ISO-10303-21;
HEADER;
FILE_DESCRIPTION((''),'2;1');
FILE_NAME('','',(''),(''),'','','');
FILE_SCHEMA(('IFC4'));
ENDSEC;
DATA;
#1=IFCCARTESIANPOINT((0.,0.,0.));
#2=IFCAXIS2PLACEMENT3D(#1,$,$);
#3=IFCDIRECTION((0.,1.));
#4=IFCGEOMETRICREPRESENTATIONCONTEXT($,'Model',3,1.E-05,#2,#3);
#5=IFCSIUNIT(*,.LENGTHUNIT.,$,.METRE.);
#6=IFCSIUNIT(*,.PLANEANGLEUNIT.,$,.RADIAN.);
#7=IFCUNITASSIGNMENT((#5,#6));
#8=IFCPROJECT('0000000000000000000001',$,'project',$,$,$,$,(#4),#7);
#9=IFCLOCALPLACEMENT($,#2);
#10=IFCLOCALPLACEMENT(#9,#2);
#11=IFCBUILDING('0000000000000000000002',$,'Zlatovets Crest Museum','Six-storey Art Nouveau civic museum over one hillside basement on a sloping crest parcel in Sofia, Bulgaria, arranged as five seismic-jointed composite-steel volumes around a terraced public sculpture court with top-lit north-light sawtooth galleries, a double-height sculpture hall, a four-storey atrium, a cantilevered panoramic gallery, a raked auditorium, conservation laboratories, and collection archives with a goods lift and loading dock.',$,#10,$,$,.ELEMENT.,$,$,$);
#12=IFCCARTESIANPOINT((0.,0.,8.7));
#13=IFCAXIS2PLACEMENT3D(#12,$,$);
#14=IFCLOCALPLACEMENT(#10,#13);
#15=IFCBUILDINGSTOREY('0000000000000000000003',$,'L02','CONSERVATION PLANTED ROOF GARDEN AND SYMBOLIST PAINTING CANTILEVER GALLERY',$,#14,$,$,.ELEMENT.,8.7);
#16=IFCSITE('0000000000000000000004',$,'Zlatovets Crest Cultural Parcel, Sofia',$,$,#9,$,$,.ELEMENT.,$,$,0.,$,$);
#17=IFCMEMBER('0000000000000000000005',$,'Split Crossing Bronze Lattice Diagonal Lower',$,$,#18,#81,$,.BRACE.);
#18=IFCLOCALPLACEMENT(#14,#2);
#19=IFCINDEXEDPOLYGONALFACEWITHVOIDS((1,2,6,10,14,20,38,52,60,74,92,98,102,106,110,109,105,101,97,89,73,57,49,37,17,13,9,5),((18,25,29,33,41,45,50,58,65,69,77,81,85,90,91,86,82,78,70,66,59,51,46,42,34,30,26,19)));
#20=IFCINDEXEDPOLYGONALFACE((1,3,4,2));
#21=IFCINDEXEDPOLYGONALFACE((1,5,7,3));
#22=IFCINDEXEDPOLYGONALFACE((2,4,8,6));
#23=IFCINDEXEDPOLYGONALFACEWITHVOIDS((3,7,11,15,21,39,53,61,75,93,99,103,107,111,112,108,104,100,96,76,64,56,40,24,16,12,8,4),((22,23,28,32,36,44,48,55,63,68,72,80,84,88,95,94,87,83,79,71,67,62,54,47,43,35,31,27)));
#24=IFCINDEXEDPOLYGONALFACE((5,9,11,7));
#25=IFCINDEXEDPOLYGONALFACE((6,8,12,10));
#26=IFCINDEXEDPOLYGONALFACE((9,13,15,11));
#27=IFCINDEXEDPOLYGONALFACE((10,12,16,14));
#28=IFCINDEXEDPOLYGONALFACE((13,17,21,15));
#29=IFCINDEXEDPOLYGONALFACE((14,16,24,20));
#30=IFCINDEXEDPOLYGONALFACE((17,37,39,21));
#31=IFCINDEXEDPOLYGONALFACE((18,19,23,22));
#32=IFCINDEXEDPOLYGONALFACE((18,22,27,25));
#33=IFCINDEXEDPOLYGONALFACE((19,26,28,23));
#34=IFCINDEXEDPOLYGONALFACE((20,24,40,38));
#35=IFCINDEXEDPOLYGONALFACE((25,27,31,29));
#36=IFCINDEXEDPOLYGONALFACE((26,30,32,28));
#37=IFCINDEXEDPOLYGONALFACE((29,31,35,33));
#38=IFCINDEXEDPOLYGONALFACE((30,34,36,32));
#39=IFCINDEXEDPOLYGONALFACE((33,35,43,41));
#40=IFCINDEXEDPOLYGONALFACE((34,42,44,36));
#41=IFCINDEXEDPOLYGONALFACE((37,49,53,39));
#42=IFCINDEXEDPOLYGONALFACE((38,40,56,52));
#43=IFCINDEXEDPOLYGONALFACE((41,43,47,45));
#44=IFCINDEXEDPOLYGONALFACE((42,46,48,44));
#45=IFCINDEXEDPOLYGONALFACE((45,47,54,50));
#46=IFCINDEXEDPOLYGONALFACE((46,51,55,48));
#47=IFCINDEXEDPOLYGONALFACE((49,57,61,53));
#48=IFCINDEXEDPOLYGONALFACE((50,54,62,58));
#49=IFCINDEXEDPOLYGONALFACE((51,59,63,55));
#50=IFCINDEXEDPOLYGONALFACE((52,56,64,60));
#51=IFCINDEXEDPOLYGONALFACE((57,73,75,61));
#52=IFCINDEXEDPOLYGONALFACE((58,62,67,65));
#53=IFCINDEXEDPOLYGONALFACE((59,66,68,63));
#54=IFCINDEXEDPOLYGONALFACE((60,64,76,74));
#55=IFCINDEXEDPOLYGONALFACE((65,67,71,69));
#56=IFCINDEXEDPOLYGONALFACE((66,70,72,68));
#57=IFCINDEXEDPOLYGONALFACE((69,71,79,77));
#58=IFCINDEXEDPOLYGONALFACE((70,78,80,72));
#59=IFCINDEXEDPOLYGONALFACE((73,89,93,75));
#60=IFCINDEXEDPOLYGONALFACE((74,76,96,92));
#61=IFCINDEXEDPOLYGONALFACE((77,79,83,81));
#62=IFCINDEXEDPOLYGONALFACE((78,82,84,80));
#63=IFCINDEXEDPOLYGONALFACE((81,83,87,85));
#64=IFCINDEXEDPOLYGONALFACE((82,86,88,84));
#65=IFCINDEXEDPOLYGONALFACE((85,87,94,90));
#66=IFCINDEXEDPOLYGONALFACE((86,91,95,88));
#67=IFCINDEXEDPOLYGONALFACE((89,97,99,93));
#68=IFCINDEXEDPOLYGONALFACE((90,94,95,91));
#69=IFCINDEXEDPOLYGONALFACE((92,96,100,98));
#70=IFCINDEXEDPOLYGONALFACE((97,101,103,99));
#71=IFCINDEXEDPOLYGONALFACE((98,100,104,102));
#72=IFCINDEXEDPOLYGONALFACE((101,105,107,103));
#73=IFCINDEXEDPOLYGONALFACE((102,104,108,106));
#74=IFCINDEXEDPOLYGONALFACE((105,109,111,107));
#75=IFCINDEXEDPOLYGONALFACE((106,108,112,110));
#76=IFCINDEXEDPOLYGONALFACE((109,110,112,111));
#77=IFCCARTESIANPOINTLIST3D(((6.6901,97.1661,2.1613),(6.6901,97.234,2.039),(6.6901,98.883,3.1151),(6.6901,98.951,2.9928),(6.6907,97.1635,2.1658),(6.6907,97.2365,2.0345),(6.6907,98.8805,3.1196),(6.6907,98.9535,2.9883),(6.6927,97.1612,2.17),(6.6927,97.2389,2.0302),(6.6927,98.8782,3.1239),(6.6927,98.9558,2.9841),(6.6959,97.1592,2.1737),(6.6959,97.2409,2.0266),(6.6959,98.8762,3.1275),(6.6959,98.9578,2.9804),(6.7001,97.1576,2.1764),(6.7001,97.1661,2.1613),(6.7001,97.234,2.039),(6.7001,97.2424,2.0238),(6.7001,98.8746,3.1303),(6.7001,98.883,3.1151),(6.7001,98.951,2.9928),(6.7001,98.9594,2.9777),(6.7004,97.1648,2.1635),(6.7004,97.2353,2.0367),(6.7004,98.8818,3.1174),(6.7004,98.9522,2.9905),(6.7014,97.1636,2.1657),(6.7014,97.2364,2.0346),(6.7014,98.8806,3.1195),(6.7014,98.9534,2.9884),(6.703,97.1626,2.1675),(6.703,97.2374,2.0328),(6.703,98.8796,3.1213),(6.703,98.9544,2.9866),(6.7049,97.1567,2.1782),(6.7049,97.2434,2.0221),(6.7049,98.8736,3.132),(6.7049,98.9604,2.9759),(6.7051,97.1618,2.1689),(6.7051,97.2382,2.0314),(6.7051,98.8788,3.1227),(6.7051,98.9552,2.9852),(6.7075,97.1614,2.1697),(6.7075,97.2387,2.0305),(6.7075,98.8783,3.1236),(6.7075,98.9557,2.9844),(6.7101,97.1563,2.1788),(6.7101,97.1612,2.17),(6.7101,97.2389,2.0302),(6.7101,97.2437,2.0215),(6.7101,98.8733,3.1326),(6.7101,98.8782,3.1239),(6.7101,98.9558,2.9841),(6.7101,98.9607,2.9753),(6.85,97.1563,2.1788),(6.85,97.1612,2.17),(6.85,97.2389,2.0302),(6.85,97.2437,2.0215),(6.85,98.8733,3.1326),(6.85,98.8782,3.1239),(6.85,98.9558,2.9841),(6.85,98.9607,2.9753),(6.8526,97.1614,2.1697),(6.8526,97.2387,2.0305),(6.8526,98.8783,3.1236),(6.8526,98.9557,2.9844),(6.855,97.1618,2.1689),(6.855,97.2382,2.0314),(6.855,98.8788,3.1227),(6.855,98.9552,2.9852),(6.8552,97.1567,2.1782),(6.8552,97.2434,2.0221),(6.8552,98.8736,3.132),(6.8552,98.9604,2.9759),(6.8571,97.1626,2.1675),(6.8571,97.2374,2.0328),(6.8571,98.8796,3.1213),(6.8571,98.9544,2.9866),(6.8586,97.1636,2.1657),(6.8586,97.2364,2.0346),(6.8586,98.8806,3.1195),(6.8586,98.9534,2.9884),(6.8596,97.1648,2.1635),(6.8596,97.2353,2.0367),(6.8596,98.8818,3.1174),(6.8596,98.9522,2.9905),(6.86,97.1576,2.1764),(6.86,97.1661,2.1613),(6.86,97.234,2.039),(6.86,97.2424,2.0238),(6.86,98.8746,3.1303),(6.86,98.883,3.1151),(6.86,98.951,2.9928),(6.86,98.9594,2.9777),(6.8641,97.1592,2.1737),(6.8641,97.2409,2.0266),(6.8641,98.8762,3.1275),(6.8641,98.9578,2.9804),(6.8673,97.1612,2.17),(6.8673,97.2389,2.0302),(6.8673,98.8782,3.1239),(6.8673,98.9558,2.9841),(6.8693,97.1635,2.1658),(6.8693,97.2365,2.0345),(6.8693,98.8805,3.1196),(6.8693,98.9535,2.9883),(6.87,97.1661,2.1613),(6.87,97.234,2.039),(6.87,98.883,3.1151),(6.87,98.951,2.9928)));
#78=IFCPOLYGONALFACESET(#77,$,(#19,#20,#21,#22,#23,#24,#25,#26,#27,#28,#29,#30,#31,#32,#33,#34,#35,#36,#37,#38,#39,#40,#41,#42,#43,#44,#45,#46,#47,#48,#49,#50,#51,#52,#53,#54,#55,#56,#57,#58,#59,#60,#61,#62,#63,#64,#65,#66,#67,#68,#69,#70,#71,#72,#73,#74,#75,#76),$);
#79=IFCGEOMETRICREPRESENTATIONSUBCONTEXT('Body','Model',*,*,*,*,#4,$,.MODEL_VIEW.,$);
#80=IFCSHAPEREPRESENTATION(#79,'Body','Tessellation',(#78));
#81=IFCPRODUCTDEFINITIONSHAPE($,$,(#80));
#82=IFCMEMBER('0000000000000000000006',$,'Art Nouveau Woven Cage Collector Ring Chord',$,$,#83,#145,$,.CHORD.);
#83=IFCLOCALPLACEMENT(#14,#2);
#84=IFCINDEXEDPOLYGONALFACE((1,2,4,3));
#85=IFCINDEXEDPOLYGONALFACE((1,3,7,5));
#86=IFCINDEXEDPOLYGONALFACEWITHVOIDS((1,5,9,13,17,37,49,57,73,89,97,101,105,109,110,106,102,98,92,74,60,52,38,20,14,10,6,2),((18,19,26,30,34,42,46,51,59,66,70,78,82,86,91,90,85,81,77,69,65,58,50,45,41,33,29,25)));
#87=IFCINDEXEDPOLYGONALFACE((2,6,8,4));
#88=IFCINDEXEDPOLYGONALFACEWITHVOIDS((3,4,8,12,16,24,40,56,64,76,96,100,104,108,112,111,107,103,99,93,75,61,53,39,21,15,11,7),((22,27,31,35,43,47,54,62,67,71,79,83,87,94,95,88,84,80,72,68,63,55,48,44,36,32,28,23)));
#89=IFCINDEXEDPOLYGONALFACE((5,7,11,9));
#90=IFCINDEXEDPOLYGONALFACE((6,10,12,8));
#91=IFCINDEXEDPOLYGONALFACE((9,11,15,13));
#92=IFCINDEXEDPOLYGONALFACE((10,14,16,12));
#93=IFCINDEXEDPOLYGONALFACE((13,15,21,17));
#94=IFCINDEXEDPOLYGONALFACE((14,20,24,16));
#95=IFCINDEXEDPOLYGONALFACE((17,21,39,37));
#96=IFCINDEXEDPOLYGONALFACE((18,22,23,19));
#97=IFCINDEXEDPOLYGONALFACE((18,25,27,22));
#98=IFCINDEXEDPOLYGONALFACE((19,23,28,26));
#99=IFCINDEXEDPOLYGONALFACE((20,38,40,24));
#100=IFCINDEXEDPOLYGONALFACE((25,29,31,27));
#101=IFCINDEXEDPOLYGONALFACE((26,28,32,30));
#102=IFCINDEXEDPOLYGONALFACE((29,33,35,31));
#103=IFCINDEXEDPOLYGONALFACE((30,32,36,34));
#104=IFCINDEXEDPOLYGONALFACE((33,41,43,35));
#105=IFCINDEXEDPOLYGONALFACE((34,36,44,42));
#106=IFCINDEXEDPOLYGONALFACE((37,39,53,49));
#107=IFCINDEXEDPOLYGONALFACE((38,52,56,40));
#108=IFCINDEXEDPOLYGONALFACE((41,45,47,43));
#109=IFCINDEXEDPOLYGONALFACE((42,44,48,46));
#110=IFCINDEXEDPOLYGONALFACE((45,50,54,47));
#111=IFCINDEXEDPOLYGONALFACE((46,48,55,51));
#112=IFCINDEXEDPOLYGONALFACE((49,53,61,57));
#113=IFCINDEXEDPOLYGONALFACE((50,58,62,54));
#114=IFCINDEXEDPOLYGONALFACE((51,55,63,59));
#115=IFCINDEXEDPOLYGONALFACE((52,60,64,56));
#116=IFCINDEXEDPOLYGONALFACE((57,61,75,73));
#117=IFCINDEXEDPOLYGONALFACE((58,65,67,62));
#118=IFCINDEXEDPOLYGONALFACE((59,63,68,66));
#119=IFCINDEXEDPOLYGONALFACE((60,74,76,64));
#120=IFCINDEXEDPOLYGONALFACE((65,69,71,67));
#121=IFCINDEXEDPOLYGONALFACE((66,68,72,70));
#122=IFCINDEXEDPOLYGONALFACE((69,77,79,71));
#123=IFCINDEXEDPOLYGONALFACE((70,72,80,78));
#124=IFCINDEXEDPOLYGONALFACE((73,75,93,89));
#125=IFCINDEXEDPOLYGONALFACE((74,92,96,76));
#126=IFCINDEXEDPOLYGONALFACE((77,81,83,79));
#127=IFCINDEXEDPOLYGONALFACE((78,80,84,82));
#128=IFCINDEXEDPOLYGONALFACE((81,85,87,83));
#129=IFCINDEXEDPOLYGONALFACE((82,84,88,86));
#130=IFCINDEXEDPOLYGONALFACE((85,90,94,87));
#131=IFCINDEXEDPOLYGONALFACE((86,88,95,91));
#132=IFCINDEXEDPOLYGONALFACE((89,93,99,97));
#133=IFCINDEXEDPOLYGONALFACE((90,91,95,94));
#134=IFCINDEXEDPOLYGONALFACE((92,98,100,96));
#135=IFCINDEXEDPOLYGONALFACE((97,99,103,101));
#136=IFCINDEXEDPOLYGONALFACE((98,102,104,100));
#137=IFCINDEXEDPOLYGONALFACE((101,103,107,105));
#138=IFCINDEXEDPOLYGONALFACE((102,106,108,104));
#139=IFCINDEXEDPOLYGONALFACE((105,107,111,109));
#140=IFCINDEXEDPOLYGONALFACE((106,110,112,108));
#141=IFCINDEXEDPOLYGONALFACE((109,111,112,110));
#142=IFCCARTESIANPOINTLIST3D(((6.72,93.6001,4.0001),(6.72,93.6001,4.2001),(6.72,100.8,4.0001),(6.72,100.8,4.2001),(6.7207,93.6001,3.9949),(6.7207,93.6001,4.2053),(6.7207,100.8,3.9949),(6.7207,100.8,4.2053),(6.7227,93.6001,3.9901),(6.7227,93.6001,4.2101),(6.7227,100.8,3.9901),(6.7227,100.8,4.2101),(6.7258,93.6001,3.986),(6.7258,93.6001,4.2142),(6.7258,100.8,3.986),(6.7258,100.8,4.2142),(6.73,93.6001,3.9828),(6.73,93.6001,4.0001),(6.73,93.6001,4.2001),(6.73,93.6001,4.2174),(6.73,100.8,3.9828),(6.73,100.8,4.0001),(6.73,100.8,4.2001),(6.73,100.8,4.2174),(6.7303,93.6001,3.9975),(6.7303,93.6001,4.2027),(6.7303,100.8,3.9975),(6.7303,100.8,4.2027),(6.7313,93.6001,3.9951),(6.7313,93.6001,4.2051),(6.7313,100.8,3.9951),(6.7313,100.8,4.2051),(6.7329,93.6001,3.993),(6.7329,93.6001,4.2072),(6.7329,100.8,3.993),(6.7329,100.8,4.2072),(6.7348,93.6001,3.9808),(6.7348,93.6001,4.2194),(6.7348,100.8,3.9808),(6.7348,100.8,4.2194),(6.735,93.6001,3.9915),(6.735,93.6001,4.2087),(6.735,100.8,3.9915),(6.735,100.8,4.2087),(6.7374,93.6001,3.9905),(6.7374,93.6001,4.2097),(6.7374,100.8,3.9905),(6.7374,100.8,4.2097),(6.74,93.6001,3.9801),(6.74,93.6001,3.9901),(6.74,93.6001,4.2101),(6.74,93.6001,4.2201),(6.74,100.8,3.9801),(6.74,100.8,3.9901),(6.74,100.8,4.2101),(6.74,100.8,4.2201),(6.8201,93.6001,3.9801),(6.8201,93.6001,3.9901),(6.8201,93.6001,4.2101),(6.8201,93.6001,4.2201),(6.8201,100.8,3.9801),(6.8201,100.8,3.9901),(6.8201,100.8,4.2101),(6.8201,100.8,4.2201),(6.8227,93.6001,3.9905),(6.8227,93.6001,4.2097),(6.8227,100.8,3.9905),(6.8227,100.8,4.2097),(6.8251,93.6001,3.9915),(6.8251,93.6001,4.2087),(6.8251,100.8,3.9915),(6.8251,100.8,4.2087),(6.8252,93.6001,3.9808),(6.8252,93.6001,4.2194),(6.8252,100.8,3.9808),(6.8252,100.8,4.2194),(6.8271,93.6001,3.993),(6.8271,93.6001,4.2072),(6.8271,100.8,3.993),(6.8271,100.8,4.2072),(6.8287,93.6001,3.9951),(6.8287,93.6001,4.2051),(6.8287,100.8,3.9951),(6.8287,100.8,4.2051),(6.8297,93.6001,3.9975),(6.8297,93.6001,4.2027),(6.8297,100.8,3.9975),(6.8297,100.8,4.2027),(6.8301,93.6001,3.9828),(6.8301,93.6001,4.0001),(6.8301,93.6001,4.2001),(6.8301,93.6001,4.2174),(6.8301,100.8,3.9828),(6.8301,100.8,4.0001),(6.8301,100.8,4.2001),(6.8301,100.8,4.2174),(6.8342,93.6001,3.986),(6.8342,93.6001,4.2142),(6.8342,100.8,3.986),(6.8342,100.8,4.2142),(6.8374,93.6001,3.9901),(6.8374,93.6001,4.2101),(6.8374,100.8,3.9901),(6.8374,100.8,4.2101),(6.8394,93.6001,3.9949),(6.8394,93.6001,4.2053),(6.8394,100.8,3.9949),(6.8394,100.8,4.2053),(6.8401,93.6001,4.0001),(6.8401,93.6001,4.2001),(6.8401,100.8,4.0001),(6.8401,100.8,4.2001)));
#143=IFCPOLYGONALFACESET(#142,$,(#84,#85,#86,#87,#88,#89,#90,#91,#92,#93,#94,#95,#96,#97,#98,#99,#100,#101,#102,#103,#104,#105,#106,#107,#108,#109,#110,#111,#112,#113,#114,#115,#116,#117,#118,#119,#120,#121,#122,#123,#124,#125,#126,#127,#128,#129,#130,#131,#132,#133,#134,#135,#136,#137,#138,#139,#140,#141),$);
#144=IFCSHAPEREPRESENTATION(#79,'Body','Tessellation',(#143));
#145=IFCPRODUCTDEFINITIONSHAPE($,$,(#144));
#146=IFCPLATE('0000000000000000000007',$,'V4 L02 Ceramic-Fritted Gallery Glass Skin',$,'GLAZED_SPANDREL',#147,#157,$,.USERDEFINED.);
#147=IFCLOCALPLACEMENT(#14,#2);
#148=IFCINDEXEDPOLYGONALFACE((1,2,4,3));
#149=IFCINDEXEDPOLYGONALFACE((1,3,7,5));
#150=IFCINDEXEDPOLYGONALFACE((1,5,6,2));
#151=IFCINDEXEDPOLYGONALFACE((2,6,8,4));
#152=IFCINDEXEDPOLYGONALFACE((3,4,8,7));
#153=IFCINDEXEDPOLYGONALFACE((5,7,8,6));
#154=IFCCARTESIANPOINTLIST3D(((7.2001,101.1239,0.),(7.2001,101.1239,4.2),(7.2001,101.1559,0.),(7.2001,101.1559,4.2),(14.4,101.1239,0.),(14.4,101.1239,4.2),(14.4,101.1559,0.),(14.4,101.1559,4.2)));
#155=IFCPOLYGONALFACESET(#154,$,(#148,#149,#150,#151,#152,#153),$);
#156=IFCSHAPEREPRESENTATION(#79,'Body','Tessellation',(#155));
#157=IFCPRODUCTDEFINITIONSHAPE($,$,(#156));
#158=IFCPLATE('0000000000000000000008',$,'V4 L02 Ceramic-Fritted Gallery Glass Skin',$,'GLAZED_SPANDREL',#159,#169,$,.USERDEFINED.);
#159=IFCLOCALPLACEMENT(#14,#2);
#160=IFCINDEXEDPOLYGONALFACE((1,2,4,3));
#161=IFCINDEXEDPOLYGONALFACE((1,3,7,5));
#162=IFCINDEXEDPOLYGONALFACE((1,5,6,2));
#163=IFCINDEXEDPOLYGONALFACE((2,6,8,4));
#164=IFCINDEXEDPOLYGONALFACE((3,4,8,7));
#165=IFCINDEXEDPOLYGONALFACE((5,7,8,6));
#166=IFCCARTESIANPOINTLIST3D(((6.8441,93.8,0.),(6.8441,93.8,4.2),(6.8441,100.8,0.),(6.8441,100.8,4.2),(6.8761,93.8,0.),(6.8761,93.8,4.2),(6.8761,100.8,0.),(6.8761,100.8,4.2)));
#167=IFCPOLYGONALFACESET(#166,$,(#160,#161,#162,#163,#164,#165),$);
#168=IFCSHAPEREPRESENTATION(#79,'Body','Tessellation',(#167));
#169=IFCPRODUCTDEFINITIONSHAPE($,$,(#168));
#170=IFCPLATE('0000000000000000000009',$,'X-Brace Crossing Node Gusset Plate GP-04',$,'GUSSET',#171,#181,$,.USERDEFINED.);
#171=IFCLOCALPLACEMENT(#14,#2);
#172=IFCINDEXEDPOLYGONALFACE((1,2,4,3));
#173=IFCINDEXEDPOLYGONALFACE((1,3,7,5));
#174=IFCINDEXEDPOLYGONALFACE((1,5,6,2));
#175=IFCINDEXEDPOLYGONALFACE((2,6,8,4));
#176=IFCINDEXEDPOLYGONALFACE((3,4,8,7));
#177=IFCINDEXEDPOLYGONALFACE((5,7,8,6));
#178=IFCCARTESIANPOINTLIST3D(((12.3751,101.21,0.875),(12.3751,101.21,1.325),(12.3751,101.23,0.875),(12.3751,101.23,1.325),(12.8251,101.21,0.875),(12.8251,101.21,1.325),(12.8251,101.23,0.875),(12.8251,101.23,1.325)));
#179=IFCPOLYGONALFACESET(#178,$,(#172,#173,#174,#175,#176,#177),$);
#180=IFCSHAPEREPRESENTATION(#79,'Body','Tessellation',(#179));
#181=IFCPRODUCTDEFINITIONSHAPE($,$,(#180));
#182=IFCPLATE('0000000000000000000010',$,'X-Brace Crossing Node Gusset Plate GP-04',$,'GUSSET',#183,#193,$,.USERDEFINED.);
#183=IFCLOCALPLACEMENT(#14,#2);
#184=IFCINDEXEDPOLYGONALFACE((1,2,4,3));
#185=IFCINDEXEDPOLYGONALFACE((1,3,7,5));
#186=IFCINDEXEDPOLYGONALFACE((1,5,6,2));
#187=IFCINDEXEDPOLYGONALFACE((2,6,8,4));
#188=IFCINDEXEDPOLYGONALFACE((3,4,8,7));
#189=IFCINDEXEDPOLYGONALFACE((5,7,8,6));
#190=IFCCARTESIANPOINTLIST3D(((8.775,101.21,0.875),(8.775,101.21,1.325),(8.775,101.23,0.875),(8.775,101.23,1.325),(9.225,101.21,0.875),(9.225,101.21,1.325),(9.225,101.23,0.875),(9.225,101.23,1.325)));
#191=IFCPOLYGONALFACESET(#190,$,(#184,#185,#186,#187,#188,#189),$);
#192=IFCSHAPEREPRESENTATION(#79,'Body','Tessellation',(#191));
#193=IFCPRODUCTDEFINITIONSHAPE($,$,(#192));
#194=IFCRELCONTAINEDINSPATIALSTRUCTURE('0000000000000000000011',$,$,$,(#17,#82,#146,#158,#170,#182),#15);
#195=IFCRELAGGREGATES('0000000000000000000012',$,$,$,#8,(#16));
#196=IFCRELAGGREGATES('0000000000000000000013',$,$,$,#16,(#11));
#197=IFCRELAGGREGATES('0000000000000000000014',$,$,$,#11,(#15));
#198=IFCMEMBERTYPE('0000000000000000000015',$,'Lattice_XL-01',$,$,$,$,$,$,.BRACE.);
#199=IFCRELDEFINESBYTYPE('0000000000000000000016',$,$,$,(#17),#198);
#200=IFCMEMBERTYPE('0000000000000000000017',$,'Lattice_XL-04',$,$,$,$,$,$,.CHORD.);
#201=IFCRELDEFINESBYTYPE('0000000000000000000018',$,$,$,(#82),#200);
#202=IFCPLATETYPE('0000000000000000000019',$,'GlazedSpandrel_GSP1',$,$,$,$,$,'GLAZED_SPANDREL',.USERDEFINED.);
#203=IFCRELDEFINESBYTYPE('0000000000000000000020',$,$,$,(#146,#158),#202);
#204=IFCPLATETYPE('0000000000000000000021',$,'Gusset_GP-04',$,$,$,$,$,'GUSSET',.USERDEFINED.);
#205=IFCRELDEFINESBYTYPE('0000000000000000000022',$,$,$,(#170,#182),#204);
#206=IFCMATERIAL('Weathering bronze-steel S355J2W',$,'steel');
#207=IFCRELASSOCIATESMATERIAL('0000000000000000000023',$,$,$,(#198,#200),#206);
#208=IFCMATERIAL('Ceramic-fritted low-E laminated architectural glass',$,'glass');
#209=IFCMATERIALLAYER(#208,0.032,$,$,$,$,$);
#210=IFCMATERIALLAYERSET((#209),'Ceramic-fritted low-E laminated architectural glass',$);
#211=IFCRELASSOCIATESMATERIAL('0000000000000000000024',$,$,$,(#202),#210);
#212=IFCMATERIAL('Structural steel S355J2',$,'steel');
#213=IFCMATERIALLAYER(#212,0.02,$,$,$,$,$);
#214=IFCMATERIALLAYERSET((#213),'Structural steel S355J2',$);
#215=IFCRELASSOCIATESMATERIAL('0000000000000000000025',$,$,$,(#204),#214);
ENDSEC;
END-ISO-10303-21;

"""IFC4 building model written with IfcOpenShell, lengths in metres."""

from ifc_helpers import new_model, si_unit, direction, frame, origin, origin_2d, place, context, subcontext, project, spatial, rectangle, hollow_rectangle, extrude, material, layer, layer_set, material_profile, profile_set, type_object, element, save


model = new_model("IFC4")

# Units and contexts
model_context = context("Model", 3, precision=1e-05, world=origin(), true_north=direction((0.0, 1.0)))
body_context = subcontext(model_context, "Body", "Model", "MODEL_VIEW")
ifc_project = project(units=[si_unit("LENGTHUNIT", "METRE"), si_unit("PLANEANGLEUNIT", "RADIAN")], contexts=[model_context])

# Site, building, storey
site_placement = place(None, origin())
site = spatial("IfcSite", under=ifc_project, at=site_placement, Name="Zlatovets Crest Cultural Parcel, Sofia", CompositionType="ELEMENT", RefElevation=0.0)
building_placement = place(site_placement, origin())
building = spatial("IfcBuilding", under=site, at=building_placement, Name="Zlatovets Crest Museum", Description="Six-storey Art Nouveau civic museum over one hillside basement on a sloping crest parcel in Sofia, Bulgaria, arranged as five seismic-jointed composite-steel volumes around a terraced public sculpture court with top-lit north-light sawtooth galleries, a double-height sculpture hall, a four-storey atrium, a cantilevered panoramic gallery, a raked auditorium, conservation laboratories, and collection archives with a goods lift and loading dock.", CompositionType="ELEMENT")
storey_placement = place(building_placement, frame((0.0, 0.0, 8.7)))
storey = spatial("IfcBuildingStorey", under=building, at=storey_placement, Name="L02", Description="CONSERVATION PLANTED ROOF GARDEN AND SYMBOLIST PAINTING CANTILEVER GALLERY", CompositionType="ELEMENT", Elevation=8.7)

# Shared definitions
ifc_material_1 = material(Name="Structural steel S355J2", Category="steel")

# Members
ifc_material_2 = material(Name="Weathering bronze-steel S355J2W", Category="steel")
ifc_material_profile_1 = material_profile(ifc_material_2, hollow_rectangle(XDim=0.1799, YDim=0.1799, WallThickness=0.01, InnerFilletRadius=0.01, OuterFilletRadius=0.02, at=origin_2d()), Name="SHS 180x180x10.0")
ifc_profile_set_1 = profile_set([ifc_material_profile_1], Name="Weathering bronze-steel S355J2W")
member_type_1 = type_object("IfcMemberType", Name="Lattice_XL-01", PredefinedType="BRACE", material=ifc_profile_set_1)
for number, where, z_axis, x_axis, name in (
    (1, (6.78, 98.917, 3.054), (0.0, -0.874169, -0.485622), (1.0, 0.0, 0.0), "Split Crossing Bronze Lattice Diagonal Lower"),
):
    element("IfcMember", number, at=place(storey_placement, frame(where, z_axis=z_axis, x_axis=x_axis)), inside=storey, type_object=member_type_1, Name=name, PredefinedType="BRACE", context=body_context, shape_type="SweptSolid", body=[
        extrude(hollow_rectangle(XDim=0.1799, YDim=0.1799, WallThickness=0.01, InnerFilletRadius=0.01, OuterFilletRadius=0.02, at=origin_2d()), origin(), (0.0, 0.0, 1.0), 1.9641),
    ])
ifc_material_profile_2 = material_profile(ifc_material_2, hollow_rectangle(XDim=0.1201, YDim=0.24, WallThickness=0.01, InnerFilletRadius=0.01, OuterFilletRadius=0.02, at=origin_2d()), Name="RHS 120x240x10.0")
ifc_profile_set_2 = profile_set([ifc_material_profile_2], Name="Weathering bronze-steel S355J2W")
member_type_2 = type_object("IfcMemberType", Name="Lattice_XL-04", PredefinedType="CHORD", material=ifc_profile_set_2)
member_1_placement = place(storey_placement, frame((6.78, 100.8, 4.1001), z_axis=(0.0, -1.0, 0.0), x_axis=(1.0, 0.0, 0.0)))
element("IfcMember", 2, at=member_1_placement, inside=storey, type_object=member_type_2, Name="Art Nouveau Woven Cage Collector Ring Chord", PredefinedType="CHORD", context=body_context, shape_type="SweptSolid", body=[
    extrude(hollow_rectangle(XDim=0.1201, YDim=0.24, WallThickness=0.01, InnerFilletRadius=0.01, OuterFilletRadius=0.02, at=origin_2d()), origin(), (0.0, 0.0, 1.0), 7.2),
])

# Plates
ifc_material_3 = material(Name="Ceramic-fritted low-E laminated architectural glass", Category="glass")
ifc_layer_1 = layer(ifc_material_3, 0.032)
ifc_layer_set_1 = layer_set([ifc_layer_1], Name="Ceramic-fritted low-E laminated architectural glass")
plate_type_1 = type_object("IfcPlateType", Name="GlazedSpandrel_GSP1", ElementType="GLAZED_SPANDREL", PredefinedType="USERDEFINED", material=ifc_layer_set_1)
plate_1_placement = place(storey_placement, frame((10.8, 101.1399, 0.0), z_axis=(0.0, 0.0, 1.0), x_axis=(1.0, 0.0, 0.0)))
element("IfcPlate", 3, at=plate_1_placement, inside=storey, type_object=plate_type_1, Name="V4 L02 Ceramic-Fritted Gallery Glass Skin", ObjectType="GLAZED_SPANDREL", PredefinedType="USERDEFINED", context=body_context, shape_type="SweptSolid", body=[
    extrude(rectangle(XDim=7.2, YDim=0.032, at=origin_2d()), origin(), (0.0, 0.0, 1.0), 4.2),
])
plate_2_placement = place(storey_placement, frame((6.8601, 97.3, 0.0), z_axis=(0.0, 0.0, 1.0), x_axis=(0.0, 1.0, 0.0)))
element("IfcPlate", 4, at=plate_2_placement, inside=storey, type_object=plate_type_1, Name="V4 L02 Ceramic-Fritted Gallery Glass Skin", ObjectType="GLAZED_SPANDREL", PredefinedType="USERDEFINED", context=body_context, shape_type="SweptSolid", body=[
    extrude(rectangle(XDim=7.0, YDim=0.032, at=origin_2d()), origin(), (0.0, 0.0, 1.0), 4.2),
])
ifc_layer_2 = layer(ifc_material_1, 0.02)
ifc_layer_set_2 = layer_set([ifc_layer_2], Name="Structural steel S355J2")
plate_type_2 = type_object("IfcPlateType", Name="Gusset_GP-04", ElementType="GUSSET", PredefinedType="USERDEFINED", material=ifc_layer_set_2)
for number, where, z_axis, x_axis, name in (
    (5, (12.6001, 101.22, 0.875), (0.0, 0.0, 1.0), (1.0, 0.0, 0.0), "X-Brace Crossing Node Gusset Plate GP-04"),
    (6, (9.0, 101.22, 0.875), (0.0, 0.0, 1.0), (1.0, 0.0, 0.0), "X-Brace Crossing Node Gusset Plate GP-04"),
):
    element("IfcPlate", number, at=place(storey_placement, frame(where, z_axis=z_axis, x_axis=x_axis)), inside=storey, type_object=plate_type_2, Name=name, ObjectType="GUSSET", PredefinedType="USERDEFINED", context=body_context, shape_type="SweptSolid", body=[
        extrude(rectangle(XDim=0.45, YDim=0.02, at=origin_2d()), origin(), (0.0, 0.0, 1.0), 0.45),
    ])

save(model, "model.ifc")
